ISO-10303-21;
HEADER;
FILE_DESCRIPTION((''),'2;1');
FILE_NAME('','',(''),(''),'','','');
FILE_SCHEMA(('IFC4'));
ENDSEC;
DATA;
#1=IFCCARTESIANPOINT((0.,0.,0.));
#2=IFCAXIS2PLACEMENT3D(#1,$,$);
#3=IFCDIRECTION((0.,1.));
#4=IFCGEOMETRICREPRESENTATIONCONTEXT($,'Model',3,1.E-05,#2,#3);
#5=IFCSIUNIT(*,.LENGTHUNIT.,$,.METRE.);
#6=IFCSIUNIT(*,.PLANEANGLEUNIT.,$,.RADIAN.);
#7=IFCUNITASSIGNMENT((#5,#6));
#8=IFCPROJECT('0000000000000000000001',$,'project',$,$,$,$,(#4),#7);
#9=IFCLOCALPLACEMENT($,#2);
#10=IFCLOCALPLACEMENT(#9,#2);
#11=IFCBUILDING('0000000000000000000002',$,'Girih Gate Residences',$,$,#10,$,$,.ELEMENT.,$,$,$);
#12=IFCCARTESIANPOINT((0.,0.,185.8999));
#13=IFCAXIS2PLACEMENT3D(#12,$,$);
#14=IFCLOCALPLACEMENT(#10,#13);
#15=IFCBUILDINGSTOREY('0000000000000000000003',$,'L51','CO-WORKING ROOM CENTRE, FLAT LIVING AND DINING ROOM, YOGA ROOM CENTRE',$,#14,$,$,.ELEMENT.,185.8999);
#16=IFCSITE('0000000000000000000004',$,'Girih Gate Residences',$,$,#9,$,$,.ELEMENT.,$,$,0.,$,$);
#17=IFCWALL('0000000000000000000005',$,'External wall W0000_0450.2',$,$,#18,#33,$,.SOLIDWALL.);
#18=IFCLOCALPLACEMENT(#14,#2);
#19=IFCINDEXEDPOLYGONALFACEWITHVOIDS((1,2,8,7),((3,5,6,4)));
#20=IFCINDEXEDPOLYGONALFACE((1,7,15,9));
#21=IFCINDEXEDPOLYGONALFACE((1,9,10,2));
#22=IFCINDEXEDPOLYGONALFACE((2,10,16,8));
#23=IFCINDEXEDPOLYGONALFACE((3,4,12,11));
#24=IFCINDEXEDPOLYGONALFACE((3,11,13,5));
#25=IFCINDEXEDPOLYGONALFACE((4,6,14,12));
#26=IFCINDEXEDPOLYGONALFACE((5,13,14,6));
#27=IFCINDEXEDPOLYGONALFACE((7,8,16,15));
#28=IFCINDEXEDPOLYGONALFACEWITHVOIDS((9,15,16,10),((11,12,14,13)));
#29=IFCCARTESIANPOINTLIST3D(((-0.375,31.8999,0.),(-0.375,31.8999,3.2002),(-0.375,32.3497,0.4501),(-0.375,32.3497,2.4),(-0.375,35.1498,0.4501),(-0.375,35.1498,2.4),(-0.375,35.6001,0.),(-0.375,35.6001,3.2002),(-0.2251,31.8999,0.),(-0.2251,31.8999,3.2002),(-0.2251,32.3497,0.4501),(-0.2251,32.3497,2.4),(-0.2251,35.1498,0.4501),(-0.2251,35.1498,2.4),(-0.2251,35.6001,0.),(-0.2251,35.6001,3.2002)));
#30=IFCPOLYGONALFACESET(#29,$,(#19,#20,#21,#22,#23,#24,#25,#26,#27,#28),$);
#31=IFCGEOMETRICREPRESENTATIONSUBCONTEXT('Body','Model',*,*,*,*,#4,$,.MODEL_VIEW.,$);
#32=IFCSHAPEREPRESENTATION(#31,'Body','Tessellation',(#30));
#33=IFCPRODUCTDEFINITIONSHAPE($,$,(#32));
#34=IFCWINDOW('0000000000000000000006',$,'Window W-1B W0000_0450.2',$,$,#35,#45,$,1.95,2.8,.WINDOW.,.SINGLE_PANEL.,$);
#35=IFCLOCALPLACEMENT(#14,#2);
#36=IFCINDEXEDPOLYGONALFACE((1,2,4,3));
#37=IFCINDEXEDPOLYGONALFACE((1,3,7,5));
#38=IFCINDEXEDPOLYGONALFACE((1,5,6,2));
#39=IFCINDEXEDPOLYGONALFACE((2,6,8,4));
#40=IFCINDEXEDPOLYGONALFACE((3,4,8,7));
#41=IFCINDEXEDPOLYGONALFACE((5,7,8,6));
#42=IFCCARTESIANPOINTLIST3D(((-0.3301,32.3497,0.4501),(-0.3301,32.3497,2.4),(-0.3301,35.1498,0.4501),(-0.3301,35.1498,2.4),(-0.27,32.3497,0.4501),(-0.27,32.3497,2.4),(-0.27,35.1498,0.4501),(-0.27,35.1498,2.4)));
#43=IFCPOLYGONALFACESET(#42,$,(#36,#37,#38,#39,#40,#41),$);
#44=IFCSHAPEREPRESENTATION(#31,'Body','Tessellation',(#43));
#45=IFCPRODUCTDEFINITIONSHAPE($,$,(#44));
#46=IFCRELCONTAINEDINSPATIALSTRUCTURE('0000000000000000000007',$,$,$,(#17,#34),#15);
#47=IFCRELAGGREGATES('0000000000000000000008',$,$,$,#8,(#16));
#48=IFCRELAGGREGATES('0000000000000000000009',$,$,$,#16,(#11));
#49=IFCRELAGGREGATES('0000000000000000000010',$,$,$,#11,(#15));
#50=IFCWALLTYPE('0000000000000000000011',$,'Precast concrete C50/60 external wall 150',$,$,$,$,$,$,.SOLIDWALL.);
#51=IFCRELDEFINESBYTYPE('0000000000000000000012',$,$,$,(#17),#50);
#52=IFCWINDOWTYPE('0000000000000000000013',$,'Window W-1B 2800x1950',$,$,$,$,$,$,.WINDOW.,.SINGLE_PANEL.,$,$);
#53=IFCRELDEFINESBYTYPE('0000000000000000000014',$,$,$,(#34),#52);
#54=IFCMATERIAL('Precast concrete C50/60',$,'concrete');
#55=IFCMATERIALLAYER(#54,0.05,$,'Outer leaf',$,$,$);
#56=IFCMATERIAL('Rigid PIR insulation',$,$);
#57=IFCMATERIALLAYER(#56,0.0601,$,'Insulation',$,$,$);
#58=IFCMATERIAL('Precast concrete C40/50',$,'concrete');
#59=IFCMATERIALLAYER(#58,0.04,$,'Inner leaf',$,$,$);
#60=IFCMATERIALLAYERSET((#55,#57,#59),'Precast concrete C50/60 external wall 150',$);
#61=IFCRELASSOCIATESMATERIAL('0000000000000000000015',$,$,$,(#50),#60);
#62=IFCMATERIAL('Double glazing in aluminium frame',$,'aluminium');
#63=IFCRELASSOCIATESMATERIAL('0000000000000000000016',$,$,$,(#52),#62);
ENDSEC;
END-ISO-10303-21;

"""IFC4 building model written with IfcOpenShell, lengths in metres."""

from ifc_helpers import new_model, si_unit, direction, frame, frame_2d, origin, place, context, subcontext, project, spatial, rectangle, extrude, material, layer, layer_set, type_object, element, fill, save


model = new_model("IFC4")

# Units and contexts
model_context = context("Model", 3, precision=1e-05, world=origin(), true_north=direction((0.0, 1.0)))
body_context = subcontext(model_context, "Body", "Model", "MODEL_VIEW")
ifc_project = project(units=[si_unit("LENGTHUNIT", "METRE"), si_unit("PLANEANGLEUNIT", "RADIAN")], contexts=[model_context])

# Site, building, storey
site_placement = place(None, origin())
site = spatial("IfcSite", under=ifc_project, at=site_placement, Name="Girih Gate Residences", CompositionType="ELEMENT", RefElevation=0.0)
building_placement = place(site_placement, origin())
building = spatial("IfcBuilding", under=site, at=building_placement, Name="Girih Gate Residences", CompositionType="ELEMENT")
storey_placement = place(building_placement, frame((0.0, 0.0, 185.8999)))
storey = spatial("IfcBuildingStorey", under=building, at=storey_placement, Name="L51", Description="CO-WORKING ROOM CENTRE, FLAT LIVING AND DINING ROOM, YOGA ROOM CENTRE", CompositionType="ELEMENT", Elevation=185.8999)

# Wall, opening, window
ifc_material_1 = material(Name="Precast concrete C50/60", Category="concrete")
ifc_layer_1 = layer(ifc_material_1, 0.05, Name="Outer leaf")
ifc_material_2 = material(Name="Rigid PIR insulation")
ifc_layer_2 = layer(ifc_material_2, 0.0601, Name="Insulation")
ifc_material_3 = material(Name="Precast concrete C40/50", Category="concrete")
ifc_layer_3 = layer(ifc_material_3, 0.04, Name="Inner leaf")
ifc_layer_set_1 = layer_set([ifc_layer_1, ifc_layer_2, ifc_layer_3], Name="Precast concrete C50/60 external wall 150")
wall_type_1 = type_object("IfcWallType", Name="Precast concrete C50/60 external wall 150", PredefinedType="SOLIDWALL", material=ifc_layer_set_1)
ifc_material_4 = material(Name="Double glazing in aluminium frame", Category="aluminium")
window_type = type_object("IfcWindowType", Name="Window W-1B 2800x1950", PartitioningType="SINGLE_PANEL", PredefinedType="WINDOW", material=ifc_material_4)
wall_1_placement = place(storey_placement, frame((-0.3, 31.8999, 0.0), z_axis=(0.0, 0.0, 1.0), x_axis=(0.0, 1.0, 0.0)))
wall_1 = element("IfcWall", 1, at=wall_1_placement, inside=storey, type_object=wall_type_1, Name="External wall W0000_0450.2", PredefinedType="SOLIDWALL", context=body_context, shape_type="SweptSolid", body=[
    extrude(rectangle(XDim=3.7002, YDim=0.1499, at=frame_2d((1.8501, 0.0))), origin(), (0.0, 0.0, 1.0), 3.2002),
])
opening_1_placement = place(wall_1_placement, frame((0.45, 0.0, 0.45)))
opening_1 = element("IfcOpeningElement", 2, at=opening_1_placement, cuts=wall_1, PredefinedType="OPENING", context=body_context, shape_type="SweptSolid", body=[
    extrude(rectangle(XDim=2.8, YDim=1.95, at=frame_2d((1.3999, 0.9751))), frame((0.0, 0.085, 0.0), z_axis=(0.0, -1.0, 0.0), x_axis=(1.0, 0.0, 0.0)), (0.0, 0.0, 1.0), 0.1699),
])
window_1_placement = place(opening_1_placement, origin())
window_1 = element("IfcWindow", 3, at=window_1_placement, inside=storey, type_object=window_type, Name="Window W-1B W0000_0450.2", OverallHeight=1.95, OverallWidth=2.8, PartitioningType="SINGLE_PANEL", PredefinedType="WINDOW", context=body_context, shape_type="SweptSolid", body=[
    extrude(rectangle(XDim=2.8, YDim=1.95, at=frame_2d((1.3999, 0.9751))), frame((0.0, 0.03, 0.0), z_axis=(0.0, -1.0, 0.0), x_axis=(1.0, 0.0, 0.0)), (0.0, 0.0, 1.0), 0.0601),
])
fill(opening_1, window_1)

save(model, "model.ifc")
